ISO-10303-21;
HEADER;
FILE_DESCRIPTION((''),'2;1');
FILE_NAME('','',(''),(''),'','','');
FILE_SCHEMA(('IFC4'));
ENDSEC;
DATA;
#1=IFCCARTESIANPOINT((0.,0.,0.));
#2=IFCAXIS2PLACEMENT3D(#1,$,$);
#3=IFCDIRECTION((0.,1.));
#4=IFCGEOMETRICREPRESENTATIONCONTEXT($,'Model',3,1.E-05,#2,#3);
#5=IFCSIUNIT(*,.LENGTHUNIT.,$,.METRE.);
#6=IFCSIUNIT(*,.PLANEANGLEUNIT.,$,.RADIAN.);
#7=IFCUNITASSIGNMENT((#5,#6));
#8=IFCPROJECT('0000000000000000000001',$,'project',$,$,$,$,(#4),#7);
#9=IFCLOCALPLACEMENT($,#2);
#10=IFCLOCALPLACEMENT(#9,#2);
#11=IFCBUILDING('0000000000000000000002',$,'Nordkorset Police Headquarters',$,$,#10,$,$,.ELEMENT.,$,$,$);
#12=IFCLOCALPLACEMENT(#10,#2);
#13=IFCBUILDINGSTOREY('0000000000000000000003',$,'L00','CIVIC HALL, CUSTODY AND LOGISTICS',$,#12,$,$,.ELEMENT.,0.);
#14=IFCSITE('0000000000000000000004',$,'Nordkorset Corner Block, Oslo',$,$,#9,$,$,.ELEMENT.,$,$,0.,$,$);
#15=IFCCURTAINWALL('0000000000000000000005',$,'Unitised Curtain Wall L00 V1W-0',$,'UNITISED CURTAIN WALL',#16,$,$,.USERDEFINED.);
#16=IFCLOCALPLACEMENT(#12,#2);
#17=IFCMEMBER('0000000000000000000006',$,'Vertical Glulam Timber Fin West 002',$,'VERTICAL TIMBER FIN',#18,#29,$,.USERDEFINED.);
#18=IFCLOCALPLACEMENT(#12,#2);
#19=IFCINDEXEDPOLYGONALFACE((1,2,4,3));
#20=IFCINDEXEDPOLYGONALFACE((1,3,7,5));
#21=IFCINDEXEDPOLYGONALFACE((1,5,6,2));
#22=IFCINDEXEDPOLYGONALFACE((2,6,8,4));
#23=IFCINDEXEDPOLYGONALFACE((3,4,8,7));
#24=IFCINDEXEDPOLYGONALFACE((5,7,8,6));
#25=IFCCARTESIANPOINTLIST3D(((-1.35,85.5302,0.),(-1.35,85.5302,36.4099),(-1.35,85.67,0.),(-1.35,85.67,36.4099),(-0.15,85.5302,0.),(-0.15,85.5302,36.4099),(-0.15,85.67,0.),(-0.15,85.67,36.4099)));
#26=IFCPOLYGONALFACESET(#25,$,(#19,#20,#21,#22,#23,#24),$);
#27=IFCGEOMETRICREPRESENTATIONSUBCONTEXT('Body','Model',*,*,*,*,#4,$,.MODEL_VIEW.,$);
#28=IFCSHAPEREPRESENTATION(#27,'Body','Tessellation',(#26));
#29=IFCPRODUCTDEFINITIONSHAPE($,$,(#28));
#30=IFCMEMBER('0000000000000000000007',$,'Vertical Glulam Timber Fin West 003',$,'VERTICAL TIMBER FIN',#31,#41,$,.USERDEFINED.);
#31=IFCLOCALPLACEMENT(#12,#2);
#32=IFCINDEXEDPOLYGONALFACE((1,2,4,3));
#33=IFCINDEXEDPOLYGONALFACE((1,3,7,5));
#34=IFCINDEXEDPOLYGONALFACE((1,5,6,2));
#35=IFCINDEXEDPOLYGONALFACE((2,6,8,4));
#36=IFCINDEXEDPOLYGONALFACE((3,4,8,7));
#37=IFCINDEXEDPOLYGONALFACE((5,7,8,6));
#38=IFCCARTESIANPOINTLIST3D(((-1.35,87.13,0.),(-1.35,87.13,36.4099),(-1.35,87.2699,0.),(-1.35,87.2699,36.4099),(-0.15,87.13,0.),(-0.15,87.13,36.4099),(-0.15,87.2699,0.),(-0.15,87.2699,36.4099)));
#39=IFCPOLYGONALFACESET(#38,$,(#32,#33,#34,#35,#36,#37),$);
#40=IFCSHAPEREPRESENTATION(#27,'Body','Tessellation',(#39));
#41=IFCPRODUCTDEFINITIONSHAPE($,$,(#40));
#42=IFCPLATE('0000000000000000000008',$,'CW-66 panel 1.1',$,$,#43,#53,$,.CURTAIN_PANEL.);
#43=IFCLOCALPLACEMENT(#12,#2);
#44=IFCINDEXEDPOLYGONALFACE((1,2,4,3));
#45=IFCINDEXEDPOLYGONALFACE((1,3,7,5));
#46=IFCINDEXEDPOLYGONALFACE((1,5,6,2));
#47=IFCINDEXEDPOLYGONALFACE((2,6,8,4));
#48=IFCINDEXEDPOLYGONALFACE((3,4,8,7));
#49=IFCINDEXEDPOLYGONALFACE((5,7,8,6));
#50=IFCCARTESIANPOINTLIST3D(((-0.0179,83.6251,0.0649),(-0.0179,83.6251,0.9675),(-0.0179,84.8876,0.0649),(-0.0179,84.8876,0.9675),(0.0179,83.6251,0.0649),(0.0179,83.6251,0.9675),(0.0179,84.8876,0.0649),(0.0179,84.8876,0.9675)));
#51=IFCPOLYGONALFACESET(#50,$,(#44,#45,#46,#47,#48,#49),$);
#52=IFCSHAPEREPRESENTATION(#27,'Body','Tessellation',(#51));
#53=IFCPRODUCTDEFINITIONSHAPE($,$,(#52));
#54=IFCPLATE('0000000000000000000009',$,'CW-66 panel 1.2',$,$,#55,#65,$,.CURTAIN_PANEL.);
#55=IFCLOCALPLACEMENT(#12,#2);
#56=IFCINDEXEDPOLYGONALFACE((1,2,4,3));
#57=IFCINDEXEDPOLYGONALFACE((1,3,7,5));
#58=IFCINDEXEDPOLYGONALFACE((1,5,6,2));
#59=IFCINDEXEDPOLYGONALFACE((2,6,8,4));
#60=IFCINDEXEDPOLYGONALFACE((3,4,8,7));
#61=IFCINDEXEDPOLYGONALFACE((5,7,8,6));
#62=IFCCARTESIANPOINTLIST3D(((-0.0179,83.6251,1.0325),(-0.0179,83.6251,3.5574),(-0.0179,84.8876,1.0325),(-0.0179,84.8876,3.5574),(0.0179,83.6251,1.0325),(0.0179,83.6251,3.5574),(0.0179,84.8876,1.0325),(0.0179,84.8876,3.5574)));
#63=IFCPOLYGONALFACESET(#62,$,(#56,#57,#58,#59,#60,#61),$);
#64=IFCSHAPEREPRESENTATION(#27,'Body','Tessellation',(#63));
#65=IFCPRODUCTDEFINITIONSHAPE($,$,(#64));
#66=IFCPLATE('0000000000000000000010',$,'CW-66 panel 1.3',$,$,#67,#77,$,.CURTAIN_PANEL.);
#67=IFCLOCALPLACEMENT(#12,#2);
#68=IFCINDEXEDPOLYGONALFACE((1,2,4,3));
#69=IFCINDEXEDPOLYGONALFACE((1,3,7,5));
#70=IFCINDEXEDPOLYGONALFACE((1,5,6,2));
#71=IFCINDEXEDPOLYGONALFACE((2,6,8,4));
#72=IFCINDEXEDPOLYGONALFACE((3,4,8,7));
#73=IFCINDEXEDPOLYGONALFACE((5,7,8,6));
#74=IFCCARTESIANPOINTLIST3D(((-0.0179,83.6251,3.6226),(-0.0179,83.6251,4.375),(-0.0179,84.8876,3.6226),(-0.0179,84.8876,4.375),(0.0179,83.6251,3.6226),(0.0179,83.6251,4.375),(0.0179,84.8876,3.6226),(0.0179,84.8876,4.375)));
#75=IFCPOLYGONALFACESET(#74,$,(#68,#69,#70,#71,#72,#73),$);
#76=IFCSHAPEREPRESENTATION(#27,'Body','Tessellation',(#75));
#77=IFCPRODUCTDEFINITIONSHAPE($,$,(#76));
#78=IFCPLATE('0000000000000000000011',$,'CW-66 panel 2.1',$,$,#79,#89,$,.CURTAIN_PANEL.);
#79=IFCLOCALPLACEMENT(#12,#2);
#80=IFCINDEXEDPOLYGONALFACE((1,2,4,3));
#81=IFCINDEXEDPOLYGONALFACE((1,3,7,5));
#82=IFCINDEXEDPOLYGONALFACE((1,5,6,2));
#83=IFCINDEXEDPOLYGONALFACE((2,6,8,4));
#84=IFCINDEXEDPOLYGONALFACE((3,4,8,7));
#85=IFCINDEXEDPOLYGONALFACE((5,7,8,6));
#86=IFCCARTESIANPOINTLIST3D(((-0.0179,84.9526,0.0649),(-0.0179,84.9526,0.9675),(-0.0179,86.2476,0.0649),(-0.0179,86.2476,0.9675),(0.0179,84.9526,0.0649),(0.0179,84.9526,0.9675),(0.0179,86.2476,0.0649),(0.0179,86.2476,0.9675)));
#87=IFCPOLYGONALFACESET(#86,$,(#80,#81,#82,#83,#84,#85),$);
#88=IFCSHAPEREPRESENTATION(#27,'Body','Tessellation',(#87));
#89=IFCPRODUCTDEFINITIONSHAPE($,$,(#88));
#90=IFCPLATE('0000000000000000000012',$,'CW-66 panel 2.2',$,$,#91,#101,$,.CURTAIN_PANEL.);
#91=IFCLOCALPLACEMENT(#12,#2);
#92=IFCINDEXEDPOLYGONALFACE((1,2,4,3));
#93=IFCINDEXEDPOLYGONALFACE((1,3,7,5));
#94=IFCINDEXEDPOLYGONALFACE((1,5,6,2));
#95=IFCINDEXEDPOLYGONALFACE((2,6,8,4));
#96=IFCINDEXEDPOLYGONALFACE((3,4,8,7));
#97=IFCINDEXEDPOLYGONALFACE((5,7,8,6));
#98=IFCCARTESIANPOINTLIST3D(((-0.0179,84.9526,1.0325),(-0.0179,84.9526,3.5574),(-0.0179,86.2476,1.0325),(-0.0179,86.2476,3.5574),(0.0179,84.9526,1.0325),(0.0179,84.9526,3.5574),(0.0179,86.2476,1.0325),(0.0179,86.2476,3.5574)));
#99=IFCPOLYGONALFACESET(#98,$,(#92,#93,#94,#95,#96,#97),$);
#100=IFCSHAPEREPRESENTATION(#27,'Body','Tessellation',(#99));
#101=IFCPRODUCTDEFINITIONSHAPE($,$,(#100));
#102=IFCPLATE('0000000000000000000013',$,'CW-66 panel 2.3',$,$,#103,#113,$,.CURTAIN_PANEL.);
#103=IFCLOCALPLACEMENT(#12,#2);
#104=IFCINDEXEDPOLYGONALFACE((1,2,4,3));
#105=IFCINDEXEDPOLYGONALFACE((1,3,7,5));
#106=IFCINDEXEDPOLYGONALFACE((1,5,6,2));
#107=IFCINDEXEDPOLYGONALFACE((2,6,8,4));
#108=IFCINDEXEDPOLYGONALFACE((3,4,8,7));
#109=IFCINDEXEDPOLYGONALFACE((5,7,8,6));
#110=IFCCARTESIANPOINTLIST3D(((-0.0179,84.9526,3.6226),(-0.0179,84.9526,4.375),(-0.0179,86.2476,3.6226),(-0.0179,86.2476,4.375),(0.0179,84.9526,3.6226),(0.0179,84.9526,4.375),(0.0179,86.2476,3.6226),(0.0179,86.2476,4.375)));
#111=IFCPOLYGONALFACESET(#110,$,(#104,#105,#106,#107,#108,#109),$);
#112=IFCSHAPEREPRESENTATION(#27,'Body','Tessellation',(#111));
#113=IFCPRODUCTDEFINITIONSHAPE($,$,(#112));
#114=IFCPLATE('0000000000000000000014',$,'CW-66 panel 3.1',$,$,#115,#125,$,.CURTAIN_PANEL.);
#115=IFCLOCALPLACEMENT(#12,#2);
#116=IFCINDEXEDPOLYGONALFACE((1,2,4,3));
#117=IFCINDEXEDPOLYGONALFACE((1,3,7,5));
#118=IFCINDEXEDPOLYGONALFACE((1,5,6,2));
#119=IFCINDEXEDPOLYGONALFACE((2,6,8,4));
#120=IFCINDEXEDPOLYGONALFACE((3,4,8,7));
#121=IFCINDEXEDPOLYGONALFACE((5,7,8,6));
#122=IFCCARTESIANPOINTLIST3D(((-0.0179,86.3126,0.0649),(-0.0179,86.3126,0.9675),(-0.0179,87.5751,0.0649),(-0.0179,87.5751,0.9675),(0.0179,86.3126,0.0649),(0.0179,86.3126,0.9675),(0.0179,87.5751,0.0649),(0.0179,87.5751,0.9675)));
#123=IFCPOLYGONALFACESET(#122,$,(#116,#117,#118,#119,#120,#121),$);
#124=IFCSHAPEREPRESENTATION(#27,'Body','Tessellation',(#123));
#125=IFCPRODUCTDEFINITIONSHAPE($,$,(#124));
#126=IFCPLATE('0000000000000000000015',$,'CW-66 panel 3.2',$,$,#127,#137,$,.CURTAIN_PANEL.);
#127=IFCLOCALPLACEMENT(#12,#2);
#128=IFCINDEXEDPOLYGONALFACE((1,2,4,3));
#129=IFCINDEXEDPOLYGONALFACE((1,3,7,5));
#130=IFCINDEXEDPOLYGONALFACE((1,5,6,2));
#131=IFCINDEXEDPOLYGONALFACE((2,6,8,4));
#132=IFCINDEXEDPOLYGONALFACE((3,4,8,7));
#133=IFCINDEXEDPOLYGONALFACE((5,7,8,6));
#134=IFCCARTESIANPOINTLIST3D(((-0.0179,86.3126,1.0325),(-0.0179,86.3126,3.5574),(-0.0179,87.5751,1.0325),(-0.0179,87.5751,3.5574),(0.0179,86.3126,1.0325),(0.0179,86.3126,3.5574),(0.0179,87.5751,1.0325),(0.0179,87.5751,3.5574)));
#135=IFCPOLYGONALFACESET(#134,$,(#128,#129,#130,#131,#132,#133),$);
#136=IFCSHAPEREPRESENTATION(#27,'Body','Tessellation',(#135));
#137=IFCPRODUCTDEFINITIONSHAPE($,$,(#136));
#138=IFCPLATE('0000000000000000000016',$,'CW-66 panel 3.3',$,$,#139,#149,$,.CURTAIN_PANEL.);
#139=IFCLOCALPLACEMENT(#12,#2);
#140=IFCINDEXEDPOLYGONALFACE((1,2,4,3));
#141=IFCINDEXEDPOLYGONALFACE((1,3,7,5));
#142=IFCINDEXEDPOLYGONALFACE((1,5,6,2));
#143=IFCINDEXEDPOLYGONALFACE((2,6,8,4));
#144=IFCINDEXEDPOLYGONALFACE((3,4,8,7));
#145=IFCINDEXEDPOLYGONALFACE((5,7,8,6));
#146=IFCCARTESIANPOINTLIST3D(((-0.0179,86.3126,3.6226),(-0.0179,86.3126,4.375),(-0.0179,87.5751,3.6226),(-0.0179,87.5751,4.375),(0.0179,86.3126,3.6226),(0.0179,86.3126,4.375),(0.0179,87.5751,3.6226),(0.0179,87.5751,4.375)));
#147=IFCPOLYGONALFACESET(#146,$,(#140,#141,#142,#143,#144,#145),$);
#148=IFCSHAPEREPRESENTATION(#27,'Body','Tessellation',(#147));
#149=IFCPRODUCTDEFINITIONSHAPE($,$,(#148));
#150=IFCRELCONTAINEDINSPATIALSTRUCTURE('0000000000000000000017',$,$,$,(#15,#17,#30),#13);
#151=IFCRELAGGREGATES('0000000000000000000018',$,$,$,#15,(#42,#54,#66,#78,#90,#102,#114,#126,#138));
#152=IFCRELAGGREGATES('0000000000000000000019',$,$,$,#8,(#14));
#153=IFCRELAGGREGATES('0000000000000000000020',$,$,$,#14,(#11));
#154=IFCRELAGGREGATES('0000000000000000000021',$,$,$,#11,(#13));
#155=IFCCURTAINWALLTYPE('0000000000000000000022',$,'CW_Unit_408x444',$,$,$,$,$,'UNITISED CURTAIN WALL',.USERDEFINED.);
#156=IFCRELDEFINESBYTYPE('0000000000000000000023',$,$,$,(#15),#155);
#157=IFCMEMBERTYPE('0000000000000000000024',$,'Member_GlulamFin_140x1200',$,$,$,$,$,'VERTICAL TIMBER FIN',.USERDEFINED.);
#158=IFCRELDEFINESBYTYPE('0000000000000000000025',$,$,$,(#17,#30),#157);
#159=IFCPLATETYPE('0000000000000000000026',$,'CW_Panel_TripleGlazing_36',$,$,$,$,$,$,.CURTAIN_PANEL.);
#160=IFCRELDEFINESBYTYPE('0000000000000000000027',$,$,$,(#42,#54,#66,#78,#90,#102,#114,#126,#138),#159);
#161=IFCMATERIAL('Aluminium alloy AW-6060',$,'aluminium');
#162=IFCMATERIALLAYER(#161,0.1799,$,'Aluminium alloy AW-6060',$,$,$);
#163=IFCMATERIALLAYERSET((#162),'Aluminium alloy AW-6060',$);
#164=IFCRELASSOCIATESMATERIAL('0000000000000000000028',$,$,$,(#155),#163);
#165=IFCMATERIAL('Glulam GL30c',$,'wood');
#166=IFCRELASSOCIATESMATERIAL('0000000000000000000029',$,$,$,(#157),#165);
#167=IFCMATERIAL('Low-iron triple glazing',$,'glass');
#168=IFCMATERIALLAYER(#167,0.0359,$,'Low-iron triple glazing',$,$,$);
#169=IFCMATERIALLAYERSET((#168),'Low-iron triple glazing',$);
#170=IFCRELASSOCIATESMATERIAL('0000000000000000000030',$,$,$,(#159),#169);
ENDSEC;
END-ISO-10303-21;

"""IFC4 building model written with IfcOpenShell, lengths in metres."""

from ifc_helpers import new_model, si_unit, direction, frame, origin, origin_2d, place, context, subcontext, project, spatial, rectangle, extrude, material, layer, layer_set, material_profile, profile_set, type_object, element, aggregate, save


model = new_model("IFC4")

# Units and contexts
model_context = context("Model", 3, precision=1e-05, world=origin(), true_north=direction((0.0, 1.0)))
body_context = subcontext(model_context, "Body", "Model", "MODEL_VIEW")
ifc_project = project(units=[si_unit("LENGTHUNIT", "METRE"), si_unit("PLANEANGLEUNIT", "RADIAN")], contexts=[model_context])

# Site, building, storey
site_placement = place(None, origin())
site = spatial("IfcSite", under=ifc_project, at=site_placement, Name="Nordkorset Corner Block, Oslo", CompositionType="ELEMENT", RefElevation=0.0)
building_placement = place(site_placement, origin())
building = spatial("IfcBuilding", under=site, at=building_placement, Name="Nordkorset Police Headquarters", CompositionType="ELEMENT")
storey_placement = place(building_placement, origin())
storey = spatial("IfcBuildingStorey", under=building, at=storey_placement, Name="L00", Description="CIVIC HALL, CUSTODY AND LOGISTICS", CompositionType="ELEMENT", Elevation=0.0)

# Curtain wall
ifc_material_1 = material(Name="Aluminium alloy AW-6060", Category="aluminium")
ifc_layer_1 = layer(ifc_material_1, 0.1799, Name="Aluminium alloy AW-6060")
ifc_layer_set_1 = layer_set([ifc_layer_1], Name="Aluminium alloy AW-6060")
curtain_wall_type = type_object("IfcCurtainWallType", Name="CW_Unit_408x444", ElementType="UNITISED CURTAIN WALL", PredefinedType="USERDEFINED", material=ifc_layer_set_1)
curtain_wall_placement = place(storey_placement, origin())
curtain_wall = element("IfcCurtainWall", 1, at=curtain_wall_placement, inside=storey, type_object=curtain_wall_type, Name="Unitised Curtain Wall L00 V1W-0", ObjectType="UNITISED CURTAIN WALL", PredefinedType="USERDEFINED")

# Members
ifc_material_2 = material(Name="Glulam GL30c", Category="wood")
ifc_material_profile_1 = material_profile(ifc_material_2, rectangle(XDim=0.1399, YDim=1.2, at=origin_2d()), Name="GL30C FIN 140x1200")
ifc_profile_set_1 = profile_set([ifc_material_profile_1], Name="Glulam GL30c")
member_type_1 = type_object("IfcMemberType", Name="Member_GlulamFin_140x1200", ElementType="VERTICAL TIMBER FIN", PredefinedType="USERDEFINED", material=ifc_profile_set_1)
for number, where, z_axis, x_axis, name in (
    (2, (-0.75, 85.6001, 0.0), (0.0, 0.0, 1.0), (0.0, 1.0, 0.0), "Vertical Glulam Timber Fin West 002"),
    (3, (-0.75, 87.2, 0.0), (0.0, 0.0, 1.0), (0.0, 1.0, 0.0), "Vertical Glulam Timber Fin West 003"),
):
    element("IfcMember", number, at=place(storey_placement, frame(where, z_axis=z_axis, x_axis=x_axis)), inside=storey, type_object=member_type_1, Name=name, ObjectType="VERTICAL TIMBER FIN", PredefinedType="USERDEFINED", context=body_context, shape_type="SweptSolid", body=[
        extrude(rectangle(XDim=0.1399, YDim=1.2, at=origin_2d()), origin(), (0.0, 0.0, 1.0), 36.4099),
    ])

# Plates
ifc_material_3 = material(Name="Low-iron triple glazing", Category="glass")
ifc_layer_2 = layer(ifc_material_3, 0.0359, Name="Low-iron triple glazing")
ifc_layer_set_2 = layer_set([ifc_layer_2], Name="Low-iron triple glazing")
plate_type = type_object("IfcPlateType", Name="CW_Panel_TripleGlazing_36", PredefinedType="CURTAIN_PANEL", material=ifc_layer_set_2)
plate_1_placement = place(storey_placement, frame((0.0, 84.2563, 0.0649), z_axis=(0.0, 0.0, 1.0), x_axis=(0.0, 1.0, 0.0)))
plate_1 = element("IfcPlate", 4, at=plate_1_placement, type_object=plate_type, Name="CW-66 panel 1.1", PredefinedType="CURTAIN_PANEL", context=body_context, shape_type="SweptSolid", body=[
    extrude(rectangle(XDim=1.2625, YDim=0.0359, at=origin_2d()), origin(), (0.0, 0.0, 1.0), 0.9026),
])
plate_2_placement = place(storey_placement, frame((0.0, 84.2563, 1.0325), z_axis=(0.0, 0.0, 1.0), x_axis=(0.0, 1.0, 0.0)))
plate_2 = element("IfcPlate", 5, at=plate_2_placement, type_object=plate_type, Name="CW-66 panel 1.2", PredefinedType="CURTAIN_PANEL", context=body_context, shape_type="SweptSolid", body=[
    extrude(rectangle(XDim=1.2625, YDim=0.0359, at=origin_2d()), origin(), (0.0, 0.0, 1.0), 2.5249),
])
plate_3_placement = place(storey_placement, frame((0.0, 84.2563, 3.6226), z_axis=(0.0, 0.0, 1.0), x_axis=(0.0, 1.0, 0.0)))
plate_3 = element("IfcPlate", 6, at=plate_3_placement, type_object=plate_type, Name="CW-66 panel 1.3", PredefinedType="CURTAIN_PANEL", context=body_context, shape_type="SweptSolid", body=[
    extrude(rectangle(XDim=1.2625, YDim=0.0359, at=origin_2d()), origin(), (0.0, 0.0, 1.0), 0.7524),
])
plate_4_placement = place(storey_placement, frame((0.0, 85.6001, 0.0649), z_axis=(0.0, 0.0, 1.0), x_axis=(0.0, 1.0, 0.0)))
plate_4 = element("IfcPlate", 7, at=plate_4_placement, type_object=plate_type, Name="CW-66 panel 2.1", PredefinedType="CURTAIN_PANEL", context=body_context, shape_type="SweptSolid", body=[
    extrude(rectangle(XDim=1.2949, YDim=0.0359, at=origin_2d()), origin(), (0.0, 0.0, 1.0), 0.9026),
])
plate_5_placement = place(storey_placement, frame((0.0, 85.6001, 1.0325), z_axis=(0.0, 0.0, 1.0), x_axis=(0.0, 1.0, 0.0)))
plate_5 = element("IfcPlate", 8, at=plate_5_placement, type_object=plate_type, Name="CW-66 panel 2.2", PredefinedType="CURTAIN_PANEL", context=body_context, shape_type="SweptSolid", body=[
    extrude(rectangle(XDim=1.2949, YDim=0.0359, at=origin_2d()), origin(), (0.0, 0.0, 1.0), 2.5249),
])
plate_6_placement = place(storey_placement, frame((0.0, 85.6001, 3.6226), z_axis=(0.0, 0.0, 1.0), x_axis=(0.0, 1.0, 0.0)))
plate_6 = element("IfcPlate", 9, at=plate_6_placement, type_object=plate_type, Name="CW-66 panel 2.3", PredefinedType="CURTAIN_PANEL", context=body_context, shape_type="SweptSolid", body=[
    extrude(rectangle(XDim=1.2949, YDim=0.0359, at=origin_2d()), origin(), (0.0, 0.0, 1.0), 0.7524),
])
plate_7_placement = place(storey_placement, frame((0.0, 86.9438, 0.0649), z_axis=(0.0, 0.0, 1.0), x_axis=(0.0, 1.0, 0.0)))
plate_7 = element("IfcPlate", 10, at=plate_7_placement, type_object=plate_type, Name="CW-66 panel 3.1", PredefinedType="CURTAIN_PANEL", context=body_context, shape_type="SweptSolid", body=[
    extrude(rectangle(XDim=1.2625, YDim=0.0359, at=origin_2d()), origin(), (0.0, 0.0, 1.0), 0.9026),
])
plate_8_placement = place(storey_placement, frame((0.0, 86.9438, 1.0325), z_axis=(0.0, 0.0, 1.0), x_axis=(0.0, 1.0, 0.0)))
plate_8 = element("IfcPlate", 11, at=plate_8_placement, type_object=plate_type, Name="CW-66 panel 3.2", PredefinedType="CURTAIN_PANEL", context=body_context, shape_type="SweptSolid", body=[
    extrude(rectangle(XDim=1.2625, YDim=0.0359, at=origin_2d()), origin(), (0.0, 0.0, 1.0), 2.5249),
])
plate_9_placement = place(storey_placement, frame((0.0, 86.9438, 3.6226), z_axis=(0.0, 0.0, 1.0), x_axis=(0.0, 1.0, 0.0)))
plate_9 = element("IfcPlate", 12, at=plate_9_placement, type_object=plate_type, Name="CW-66 panel 3.3", PredefinedType="CURTAIN_PANEL", context=body_context, shape_type="SweptSolid", body=[
    extrude(rectangle(XDim=1.2625, YDim=0.0359, at=origin_2d()), origin(), (0.0, 0.0, 1.0), 0.7524),
])
aggregate(curtain_wall, [plate_1, plate_2, plate_3, plate_4, plate_5, plate_6, plate_7, plate_8, plate_9])

save(model, "model.ifc")
